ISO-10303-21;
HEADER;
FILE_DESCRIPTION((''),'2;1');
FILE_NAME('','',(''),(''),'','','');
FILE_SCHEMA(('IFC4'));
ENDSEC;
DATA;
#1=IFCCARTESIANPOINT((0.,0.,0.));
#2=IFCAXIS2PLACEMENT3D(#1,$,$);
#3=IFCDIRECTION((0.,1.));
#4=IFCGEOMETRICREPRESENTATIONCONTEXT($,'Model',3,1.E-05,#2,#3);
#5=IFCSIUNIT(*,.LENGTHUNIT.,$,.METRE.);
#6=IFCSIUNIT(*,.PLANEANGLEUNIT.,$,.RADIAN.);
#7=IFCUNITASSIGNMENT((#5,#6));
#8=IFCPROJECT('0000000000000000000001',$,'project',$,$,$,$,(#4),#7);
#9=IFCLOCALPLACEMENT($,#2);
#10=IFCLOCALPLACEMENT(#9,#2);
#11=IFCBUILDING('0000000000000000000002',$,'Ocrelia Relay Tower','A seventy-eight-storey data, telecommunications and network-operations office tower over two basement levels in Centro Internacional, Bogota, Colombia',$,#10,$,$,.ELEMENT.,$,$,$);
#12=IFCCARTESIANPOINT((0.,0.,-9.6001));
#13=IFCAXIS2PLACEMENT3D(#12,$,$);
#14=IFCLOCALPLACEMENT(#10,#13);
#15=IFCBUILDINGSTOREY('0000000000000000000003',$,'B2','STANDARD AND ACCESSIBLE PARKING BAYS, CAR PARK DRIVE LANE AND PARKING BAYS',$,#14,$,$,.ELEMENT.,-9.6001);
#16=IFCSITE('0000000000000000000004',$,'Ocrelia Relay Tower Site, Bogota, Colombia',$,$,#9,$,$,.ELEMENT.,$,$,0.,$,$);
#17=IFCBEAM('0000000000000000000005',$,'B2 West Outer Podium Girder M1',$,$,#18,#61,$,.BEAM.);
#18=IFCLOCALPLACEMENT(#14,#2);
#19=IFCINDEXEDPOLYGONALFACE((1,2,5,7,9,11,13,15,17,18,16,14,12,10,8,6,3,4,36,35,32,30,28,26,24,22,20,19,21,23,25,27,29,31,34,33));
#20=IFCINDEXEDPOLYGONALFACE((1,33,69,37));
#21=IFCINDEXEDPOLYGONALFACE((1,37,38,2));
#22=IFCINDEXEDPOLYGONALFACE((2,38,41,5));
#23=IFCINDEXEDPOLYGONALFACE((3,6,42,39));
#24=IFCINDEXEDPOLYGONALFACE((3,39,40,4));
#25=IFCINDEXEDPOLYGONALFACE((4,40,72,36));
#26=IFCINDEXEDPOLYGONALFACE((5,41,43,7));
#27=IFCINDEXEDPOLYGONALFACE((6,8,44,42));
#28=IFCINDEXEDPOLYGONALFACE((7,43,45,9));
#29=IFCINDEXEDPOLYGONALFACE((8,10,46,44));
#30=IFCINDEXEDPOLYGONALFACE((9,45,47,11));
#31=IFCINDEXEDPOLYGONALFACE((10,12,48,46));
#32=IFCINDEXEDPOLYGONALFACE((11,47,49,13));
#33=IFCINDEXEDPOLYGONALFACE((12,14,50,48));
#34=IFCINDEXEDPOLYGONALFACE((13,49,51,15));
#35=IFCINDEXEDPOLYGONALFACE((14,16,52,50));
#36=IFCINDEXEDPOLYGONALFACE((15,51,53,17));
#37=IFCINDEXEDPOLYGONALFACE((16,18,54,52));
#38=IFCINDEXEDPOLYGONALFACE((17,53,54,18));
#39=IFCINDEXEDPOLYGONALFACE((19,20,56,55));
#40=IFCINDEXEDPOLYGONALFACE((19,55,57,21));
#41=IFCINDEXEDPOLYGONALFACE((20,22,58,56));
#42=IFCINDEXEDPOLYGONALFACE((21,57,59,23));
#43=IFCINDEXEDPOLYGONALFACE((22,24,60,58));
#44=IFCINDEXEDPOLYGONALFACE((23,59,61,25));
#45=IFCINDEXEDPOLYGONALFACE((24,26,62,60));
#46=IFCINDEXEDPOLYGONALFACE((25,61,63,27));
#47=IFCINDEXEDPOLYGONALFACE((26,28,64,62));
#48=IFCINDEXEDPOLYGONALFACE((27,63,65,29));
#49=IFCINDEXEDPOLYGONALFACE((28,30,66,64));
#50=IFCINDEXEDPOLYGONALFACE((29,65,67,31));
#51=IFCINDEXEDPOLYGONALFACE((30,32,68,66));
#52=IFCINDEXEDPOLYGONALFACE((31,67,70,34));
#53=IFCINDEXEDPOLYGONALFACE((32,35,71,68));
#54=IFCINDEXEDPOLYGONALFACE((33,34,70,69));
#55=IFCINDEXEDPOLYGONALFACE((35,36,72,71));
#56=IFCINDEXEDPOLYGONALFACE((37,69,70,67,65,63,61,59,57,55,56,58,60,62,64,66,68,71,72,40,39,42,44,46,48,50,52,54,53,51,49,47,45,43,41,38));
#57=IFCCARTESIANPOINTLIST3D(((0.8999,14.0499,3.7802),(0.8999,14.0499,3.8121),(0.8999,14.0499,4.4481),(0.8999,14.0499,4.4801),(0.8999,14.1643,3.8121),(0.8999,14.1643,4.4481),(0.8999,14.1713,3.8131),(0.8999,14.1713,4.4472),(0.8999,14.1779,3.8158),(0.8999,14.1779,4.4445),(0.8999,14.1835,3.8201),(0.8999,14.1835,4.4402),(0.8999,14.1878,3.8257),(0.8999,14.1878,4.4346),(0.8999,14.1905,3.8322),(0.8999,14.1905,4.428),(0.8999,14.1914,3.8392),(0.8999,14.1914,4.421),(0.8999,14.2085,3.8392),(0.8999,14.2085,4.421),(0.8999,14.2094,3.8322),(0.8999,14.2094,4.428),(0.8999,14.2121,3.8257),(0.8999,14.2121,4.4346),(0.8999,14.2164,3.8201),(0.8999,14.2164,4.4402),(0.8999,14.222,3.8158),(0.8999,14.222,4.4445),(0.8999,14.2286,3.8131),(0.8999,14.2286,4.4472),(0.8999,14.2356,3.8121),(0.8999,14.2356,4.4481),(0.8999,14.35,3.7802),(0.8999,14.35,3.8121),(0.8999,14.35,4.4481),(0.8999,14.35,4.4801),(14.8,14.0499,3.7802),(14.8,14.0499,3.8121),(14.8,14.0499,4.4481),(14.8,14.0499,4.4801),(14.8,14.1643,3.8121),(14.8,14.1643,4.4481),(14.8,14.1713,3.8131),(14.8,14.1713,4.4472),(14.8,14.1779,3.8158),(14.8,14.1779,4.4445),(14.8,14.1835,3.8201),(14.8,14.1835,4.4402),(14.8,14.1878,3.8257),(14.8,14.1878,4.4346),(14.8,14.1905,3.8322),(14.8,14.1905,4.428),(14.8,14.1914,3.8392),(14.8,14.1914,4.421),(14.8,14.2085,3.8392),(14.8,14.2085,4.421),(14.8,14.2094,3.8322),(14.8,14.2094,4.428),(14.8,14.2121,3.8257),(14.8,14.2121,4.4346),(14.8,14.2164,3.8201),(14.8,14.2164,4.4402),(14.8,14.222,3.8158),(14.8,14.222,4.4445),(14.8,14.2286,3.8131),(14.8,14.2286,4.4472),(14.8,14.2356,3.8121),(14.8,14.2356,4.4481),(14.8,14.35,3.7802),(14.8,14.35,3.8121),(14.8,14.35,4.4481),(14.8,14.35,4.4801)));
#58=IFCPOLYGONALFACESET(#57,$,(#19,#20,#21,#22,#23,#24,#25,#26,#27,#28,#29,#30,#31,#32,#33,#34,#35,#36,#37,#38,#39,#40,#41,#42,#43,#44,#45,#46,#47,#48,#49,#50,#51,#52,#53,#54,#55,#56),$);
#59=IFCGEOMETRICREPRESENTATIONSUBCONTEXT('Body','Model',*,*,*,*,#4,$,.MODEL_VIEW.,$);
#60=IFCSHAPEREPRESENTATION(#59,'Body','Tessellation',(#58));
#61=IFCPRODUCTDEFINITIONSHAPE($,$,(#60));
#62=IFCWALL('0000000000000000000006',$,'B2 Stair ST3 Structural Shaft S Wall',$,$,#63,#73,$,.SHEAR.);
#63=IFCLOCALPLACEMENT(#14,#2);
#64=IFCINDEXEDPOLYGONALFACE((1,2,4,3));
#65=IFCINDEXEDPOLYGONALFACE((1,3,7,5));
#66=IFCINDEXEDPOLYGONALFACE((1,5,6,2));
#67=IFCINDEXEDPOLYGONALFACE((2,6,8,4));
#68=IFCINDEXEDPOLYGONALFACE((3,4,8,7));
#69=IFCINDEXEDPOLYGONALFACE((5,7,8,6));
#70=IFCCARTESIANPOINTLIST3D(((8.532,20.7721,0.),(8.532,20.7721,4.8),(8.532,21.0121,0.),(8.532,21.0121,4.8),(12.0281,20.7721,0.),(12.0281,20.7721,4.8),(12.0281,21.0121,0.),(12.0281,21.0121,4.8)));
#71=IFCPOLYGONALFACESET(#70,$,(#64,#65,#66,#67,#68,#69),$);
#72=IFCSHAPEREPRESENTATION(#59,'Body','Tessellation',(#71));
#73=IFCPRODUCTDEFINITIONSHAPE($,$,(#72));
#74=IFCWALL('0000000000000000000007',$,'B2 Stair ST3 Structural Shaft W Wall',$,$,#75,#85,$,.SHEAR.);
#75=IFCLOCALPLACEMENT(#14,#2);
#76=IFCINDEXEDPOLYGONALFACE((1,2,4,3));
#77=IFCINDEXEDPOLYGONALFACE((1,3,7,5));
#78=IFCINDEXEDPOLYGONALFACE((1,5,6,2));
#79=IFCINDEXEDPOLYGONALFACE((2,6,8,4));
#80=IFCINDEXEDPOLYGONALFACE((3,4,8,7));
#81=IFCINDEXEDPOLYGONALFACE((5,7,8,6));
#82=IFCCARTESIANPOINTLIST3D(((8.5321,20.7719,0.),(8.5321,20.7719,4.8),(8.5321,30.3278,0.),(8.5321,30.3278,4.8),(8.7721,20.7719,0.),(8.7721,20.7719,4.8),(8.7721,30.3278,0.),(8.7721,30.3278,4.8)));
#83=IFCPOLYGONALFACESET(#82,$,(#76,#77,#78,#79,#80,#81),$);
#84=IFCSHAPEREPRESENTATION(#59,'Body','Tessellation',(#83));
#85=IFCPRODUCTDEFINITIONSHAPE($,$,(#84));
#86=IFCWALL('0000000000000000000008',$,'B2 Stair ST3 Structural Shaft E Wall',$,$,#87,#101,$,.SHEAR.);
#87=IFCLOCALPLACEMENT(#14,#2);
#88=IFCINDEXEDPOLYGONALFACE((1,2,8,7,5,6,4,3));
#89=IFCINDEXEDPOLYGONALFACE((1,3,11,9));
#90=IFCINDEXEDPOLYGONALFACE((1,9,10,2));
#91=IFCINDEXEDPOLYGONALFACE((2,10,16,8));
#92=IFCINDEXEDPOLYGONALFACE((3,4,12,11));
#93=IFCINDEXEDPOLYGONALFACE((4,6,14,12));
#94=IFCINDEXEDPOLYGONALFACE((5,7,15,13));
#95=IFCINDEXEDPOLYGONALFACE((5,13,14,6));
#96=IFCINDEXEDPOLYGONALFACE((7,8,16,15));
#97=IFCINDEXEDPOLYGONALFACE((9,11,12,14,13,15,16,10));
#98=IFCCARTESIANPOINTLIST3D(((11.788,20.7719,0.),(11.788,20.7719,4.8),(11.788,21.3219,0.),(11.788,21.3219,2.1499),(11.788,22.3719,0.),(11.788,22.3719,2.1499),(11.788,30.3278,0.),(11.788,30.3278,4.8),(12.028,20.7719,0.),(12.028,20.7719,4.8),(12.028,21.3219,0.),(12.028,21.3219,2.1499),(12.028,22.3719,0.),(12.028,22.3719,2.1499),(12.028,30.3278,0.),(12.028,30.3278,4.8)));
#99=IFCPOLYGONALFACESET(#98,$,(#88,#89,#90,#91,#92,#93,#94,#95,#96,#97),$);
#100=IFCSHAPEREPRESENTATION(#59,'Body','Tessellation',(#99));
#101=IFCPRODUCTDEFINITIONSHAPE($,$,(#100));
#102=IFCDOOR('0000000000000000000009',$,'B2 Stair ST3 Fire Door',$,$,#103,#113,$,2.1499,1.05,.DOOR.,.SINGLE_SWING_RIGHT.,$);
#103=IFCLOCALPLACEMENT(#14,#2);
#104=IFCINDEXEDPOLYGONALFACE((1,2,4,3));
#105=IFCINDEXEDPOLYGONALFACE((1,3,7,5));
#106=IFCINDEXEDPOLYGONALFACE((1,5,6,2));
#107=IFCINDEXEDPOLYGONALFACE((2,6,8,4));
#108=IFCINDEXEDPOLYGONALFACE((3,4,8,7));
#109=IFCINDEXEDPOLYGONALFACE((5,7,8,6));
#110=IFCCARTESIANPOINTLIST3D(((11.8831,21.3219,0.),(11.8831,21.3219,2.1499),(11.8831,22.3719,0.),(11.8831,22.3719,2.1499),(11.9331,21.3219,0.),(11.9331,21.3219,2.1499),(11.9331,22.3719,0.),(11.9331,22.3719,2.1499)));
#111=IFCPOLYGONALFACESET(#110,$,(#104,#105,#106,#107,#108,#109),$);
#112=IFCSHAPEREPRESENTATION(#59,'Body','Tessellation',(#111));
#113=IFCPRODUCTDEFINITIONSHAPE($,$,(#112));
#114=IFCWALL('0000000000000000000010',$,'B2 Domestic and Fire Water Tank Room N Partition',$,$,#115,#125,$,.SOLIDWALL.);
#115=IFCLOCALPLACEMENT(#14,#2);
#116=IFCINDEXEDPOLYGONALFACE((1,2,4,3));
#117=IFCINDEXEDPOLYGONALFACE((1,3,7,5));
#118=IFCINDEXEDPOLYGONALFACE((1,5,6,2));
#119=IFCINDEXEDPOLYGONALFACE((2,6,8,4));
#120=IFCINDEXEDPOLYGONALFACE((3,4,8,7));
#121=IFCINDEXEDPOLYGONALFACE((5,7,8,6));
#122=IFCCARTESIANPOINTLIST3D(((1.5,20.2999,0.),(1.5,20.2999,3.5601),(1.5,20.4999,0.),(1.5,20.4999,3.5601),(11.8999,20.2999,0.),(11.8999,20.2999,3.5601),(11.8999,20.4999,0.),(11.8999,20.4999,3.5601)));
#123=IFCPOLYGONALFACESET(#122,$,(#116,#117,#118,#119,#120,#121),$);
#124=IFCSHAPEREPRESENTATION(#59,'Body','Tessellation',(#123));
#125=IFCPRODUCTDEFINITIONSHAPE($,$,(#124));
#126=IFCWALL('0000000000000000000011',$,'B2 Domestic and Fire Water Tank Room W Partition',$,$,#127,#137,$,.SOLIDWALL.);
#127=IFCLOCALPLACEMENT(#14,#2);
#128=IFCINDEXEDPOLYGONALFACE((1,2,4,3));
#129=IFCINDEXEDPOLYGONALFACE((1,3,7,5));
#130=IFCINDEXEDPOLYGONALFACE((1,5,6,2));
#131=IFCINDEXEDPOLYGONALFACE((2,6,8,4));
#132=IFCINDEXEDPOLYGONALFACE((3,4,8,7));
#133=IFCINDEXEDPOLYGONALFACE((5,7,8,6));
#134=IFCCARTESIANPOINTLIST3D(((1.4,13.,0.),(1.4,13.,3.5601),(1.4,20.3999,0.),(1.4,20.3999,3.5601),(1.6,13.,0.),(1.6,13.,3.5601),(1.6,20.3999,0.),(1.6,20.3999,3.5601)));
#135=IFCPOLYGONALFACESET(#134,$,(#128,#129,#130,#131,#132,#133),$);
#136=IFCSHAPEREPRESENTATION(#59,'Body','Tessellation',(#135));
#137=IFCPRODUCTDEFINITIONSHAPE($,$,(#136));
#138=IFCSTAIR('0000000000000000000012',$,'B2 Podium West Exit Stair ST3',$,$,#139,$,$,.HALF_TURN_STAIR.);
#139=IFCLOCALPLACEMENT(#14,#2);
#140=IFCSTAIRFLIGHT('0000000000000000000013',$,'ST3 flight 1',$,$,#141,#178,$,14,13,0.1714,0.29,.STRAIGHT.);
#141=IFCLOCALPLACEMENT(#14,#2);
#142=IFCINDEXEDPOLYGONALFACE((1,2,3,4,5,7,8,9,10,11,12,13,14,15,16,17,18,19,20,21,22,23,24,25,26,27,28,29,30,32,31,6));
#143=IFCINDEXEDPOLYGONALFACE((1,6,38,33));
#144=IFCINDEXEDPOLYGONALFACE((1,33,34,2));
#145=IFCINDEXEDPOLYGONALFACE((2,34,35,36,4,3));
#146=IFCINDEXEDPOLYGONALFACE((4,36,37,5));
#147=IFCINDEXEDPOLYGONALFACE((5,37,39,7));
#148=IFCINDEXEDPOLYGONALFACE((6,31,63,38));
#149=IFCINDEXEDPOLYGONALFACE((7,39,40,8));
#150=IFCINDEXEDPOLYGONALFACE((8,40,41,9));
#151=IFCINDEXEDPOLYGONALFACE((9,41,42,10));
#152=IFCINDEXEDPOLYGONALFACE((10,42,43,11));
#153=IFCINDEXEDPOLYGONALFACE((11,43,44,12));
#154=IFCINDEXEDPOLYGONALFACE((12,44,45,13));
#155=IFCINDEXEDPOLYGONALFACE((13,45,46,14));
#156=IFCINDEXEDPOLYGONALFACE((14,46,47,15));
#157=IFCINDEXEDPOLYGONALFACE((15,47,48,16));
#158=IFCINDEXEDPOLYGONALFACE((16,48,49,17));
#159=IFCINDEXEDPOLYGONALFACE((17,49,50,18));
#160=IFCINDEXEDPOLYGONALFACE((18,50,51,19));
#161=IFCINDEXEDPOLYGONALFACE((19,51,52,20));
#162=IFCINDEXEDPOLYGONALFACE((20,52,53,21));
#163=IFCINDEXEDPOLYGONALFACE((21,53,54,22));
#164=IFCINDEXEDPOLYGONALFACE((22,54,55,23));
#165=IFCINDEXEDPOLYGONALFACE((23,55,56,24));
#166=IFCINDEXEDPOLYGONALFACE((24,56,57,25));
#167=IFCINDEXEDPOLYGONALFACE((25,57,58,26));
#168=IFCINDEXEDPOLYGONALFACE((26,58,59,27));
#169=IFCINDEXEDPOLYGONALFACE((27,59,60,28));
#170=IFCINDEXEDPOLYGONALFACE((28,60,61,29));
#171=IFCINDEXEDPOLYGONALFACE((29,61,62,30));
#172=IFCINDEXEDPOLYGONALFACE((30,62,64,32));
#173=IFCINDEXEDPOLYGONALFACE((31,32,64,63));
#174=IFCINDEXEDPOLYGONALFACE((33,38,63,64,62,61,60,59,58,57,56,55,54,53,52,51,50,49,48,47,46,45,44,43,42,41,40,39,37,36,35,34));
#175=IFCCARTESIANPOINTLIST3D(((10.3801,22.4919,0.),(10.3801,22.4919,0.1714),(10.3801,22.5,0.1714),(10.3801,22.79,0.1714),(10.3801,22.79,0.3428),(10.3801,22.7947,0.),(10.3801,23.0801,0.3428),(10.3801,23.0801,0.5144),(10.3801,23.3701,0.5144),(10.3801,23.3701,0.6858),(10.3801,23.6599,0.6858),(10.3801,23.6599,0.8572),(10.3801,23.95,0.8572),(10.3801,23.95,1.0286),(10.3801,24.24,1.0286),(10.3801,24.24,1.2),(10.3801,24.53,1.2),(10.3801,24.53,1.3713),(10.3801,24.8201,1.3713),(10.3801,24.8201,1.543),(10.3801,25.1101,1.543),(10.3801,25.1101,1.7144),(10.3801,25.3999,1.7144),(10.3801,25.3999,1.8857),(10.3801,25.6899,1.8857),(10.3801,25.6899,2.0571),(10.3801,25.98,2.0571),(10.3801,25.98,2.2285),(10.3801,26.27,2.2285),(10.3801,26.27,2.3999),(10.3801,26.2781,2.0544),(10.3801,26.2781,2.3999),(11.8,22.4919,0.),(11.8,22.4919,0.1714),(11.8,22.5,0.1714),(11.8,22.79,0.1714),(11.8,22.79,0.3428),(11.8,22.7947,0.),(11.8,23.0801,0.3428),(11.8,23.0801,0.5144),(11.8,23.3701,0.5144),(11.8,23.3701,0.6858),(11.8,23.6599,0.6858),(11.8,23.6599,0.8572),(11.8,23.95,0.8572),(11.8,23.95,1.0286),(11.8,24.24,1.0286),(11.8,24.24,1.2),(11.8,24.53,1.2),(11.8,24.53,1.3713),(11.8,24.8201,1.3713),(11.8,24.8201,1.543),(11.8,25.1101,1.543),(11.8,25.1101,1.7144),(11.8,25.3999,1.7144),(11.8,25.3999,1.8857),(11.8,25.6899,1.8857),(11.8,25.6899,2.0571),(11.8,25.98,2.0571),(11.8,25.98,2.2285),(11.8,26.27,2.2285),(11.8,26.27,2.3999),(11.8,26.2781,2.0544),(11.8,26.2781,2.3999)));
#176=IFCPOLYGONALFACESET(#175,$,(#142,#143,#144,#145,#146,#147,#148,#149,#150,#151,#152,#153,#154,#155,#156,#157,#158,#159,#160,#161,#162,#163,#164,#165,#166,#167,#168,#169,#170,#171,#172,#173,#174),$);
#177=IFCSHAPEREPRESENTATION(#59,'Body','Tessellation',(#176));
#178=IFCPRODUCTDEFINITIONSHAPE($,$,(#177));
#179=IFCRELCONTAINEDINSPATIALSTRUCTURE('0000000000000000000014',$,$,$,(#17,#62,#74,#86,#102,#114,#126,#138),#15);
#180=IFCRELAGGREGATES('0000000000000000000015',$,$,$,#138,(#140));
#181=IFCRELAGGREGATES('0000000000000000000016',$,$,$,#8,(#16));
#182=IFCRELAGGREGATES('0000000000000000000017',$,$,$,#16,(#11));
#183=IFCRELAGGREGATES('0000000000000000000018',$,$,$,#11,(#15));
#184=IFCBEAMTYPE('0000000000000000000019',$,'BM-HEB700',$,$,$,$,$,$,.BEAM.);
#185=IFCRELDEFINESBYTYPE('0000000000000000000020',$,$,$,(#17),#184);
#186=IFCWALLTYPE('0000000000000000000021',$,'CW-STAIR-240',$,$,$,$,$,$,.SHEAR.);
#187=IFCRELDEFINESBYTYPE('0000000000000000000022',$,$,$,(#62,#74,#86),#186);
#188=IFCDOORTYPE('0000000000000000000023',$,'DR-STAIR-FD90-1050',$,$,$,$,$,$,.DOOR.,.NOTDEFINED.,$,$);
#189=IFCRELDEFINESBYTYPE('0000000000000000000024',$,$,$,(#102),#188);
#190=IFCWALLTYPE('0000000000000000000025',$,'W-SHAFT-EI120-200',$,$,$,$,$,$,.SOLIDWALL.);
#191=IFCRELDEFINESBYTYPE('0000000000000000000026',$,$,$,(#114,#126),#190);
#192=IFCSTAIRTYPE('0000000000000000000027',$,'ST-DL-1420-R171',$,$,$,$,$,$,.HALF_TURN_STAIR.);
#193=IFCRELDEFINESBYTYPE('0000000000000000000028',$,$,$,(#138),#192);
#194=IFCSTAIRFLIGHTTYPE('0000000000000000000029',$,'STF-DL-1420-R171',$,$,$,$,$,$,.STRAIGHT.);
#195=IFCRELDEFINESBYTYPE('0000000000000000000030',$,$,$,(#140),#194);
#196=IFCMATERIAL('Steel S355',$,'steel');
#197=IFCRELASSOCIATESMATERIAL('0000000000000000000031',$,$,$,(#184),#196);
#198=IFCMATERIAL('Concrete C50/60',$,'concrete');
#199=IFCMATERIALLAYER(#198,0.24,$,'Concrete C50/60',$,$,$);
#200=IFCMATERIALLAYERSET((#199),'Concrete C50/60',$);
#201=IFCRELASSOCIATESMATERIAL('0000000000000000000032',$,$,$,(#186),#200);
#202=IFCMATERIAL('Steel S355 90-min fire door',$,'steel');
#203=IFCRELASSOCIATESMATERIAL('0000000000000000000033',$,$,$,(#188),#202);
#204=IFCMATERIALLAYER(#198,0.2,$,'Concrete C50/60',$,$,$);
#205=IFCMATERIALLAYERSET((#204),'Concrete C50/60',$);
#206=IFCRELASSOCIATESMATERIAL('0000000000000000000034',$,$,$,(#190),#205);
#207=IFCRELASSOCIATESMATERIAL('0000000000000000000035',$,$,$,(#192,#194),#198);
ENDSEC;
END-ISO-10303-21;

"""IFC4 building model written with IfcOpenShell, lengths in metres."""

from ifc_helpers import new_model, si_unit, direction, frame, frame_2d, origin, origin_2d, place, context, subcontext, project, spatial, polyline, rectangle, i_section, outline, extrude, material, layer, layer_set, material_profile, profile_set, type_object, element, fill, aggregate, save


model = new_model("IFC4")

# Units and contexts
model_context = context("Model", 3, precision=1e-05, world=origin(), true_north=direction((0.0, 1.0)))
body_context = subcontext(model_context, "Body", "Model", "MODEL_VIEW")
ifc_project = project(units=[si_unit("LENGTHUNIT", "METRE"), si_unit("PLANEANGLEUNIT", "RADIAN")], contexts=[model_context])

# Site, building, storey
site_placement = place(None, origin())
site = spatial("IfcSite", under=ifc_project, at=site_placement, Name="Ocrelia Relay Tower Site, Bogota, Colombia", CompositionType="ELEMENT", RefElevation=0.0)
building_placement = place(site_placement, origin())
building = spatial("IfcBuilding", under=site, at=building_placement, Name="Ocrelia Relay Tower", Description="A seventy-eight-storey data, telecommunications and network-operations office tower over two basement levels in Centro Internacional, Bogota, Colombia", CompositionType="ELEMENT")
storey_placement = place(building_placement, frame((0.0, 0.0, -9.6001)))
storey = spatial("IfcBuildingStorey", under=building, at=storey_placement, Name="B2", Description="STANDARD AND ACCESSIBLE PARKING BAYS, CAR PARK DRIVE LANE AND PARKING BAYS", CompositionType="ELEMENT", Elevation=-9.6001)

# Shared definitions
ifc_material_1 = material(Name="Concrete C50/60", Category="concrete")

# Beam
ifc_material_2 = material(Name="Steel S355", Category="steel")
ifc_material_profile_1 = material_profile(ifc_material_2, i_section(OverallWidth=0.3, OverallDepth=0.7, WebThickness=0.0171, FlangeThickness=0.032, FilletRadius=0.0271, at=origin_2d()), Name="HEB 700")
ifc_profile_set_1 = profile_set([ifc_material_profile_1], Name="Steel S355")
beam_type_1 = type_object("IfcBeamType", Name="BM-HEB700", PredefinedType="BEAM", material=ifc_profile_set_1)
beam_1_placement = place(storey_placement, frame((0.8999, 14.2, 4.1301), z_axis=(1.0, 0.0, 0.0), x_axis=(0.0, 1.0, 0.0)))
element("IfcBeam", 1, at=beam_1_placement, inside=storey, type_object=beam_type_1, Name="B2 West Outer Podium Girder M1", PredefinedType="BEAM", context=body_context, shape_type="SweptSolid", body=[
    extrude(i_section(OverallWidth=0.3, OverallDepth=0.7, WebThickness=0.0171, FlangeThickness=0.032, FilletRadius=0.0271, at=origin_2d()), origin(), (0.0, 0.0, 1.0), 13.9001),
])

# Walls
ifc_layer_1 = layer(ifc_material_1, 0.24, Name="Concrete C50/60")
ifc_layer_set_1 = layer_set([ifc_layer_1], Name="Concrete C50/60")
wall_type_1 = type_object("IfcWallType", Name="CW-STAIR-240", PredefinedType="SHEAR", material=ifc_layer_set_1)
wall_1_placement = place(storey_placement, frame((8.532, 20.8921, 0.0), z_axis=(0.0, 0.0, 1.0), x_axis=(1.0, 0.0, 0.0)))
element("IfcWall", 2, at=wall_1_placement, inside=storey, type_object=wall_type_1, Name="B2 Stair ST3 Structural Shaft S Wall", PredefinedType="SHEAR", context=body_context, shape_type="SweptSolid", body=[
    extrude(rectangle(XDim=3.4961, YDim=0.24, at=frame_2d((1.748, 0.0))), origin(), (0.0, 0.0, 1.0), 4.8),
])
wall_2_placement = place(storey_placement, frame((8.6521, 20.772, 0.0), z_axis=(0.0, 0.0, 1.0), x_axis=(0.0, 1.0, 0.0)))
element("IfcWall", 3, at=wall_2_placement, inside=storey, type_object=wall_type_1, Name="B2 Stair ST3 Structural Shaft W Wall", PredefinedType="SHEAR", context=body_context, shape_type="SweptSolid", body=[
    extrude(rectangle(XDim=9.5559, YDim=0.24, at=frame_2d((4.7778, 0.0))), origin(), (0.0, 0.0, 1.0), 4.8),
])

# Wall, opening, door
wall_3_placement = place(storey_placement, frame((11.908, 20.772, 0.0), z_axis=(0.0, 0.0, 1.0), x_axis=(0.0, 1.0, 0.0)))
wall_3 = element("IfcWall", 4, at=wall_3_placement, inside=storey, type_object=wall_type_1, Name="B2 Stair ST3 Structural Shaft E Wall", PredefinedType="SHEAR", context=body_context, shape_type="SweptSolid", body=[
    extrude(rectangle(XDim=9.5559, YDim=0.24, at=frame_2d((4.7778, 0.0))), origin(), (0.0, 0.0, 1.0), 4.8),
])
opening_placement = place(wall_3_placement, frame((0.55, 0.0, 0.0)))
opening = element("IfcOpeningElement", 5, at=opening_placement, cuts=wall_3, PredefinedType="OPENING", context=body_context, shape_type="SweptSolid", body=[
    extrude(rectangle(XDim=1.05, YDim=2.1499, at=frame_2d((0.5249, 1.075))), frame((0.0, 0.1299, 0.0), z_axis=(0.0, -1.0, 0.0), x_axis=(1.0, 0.0, 0.0)), (0.0, 0.0, 1.0), 0.26),
])
ifc_material_3 = material(Name="Steel S355 90-min fire door", Category="steel")
door_type = type_object("IfcDoorType", Name="DR-STAIR-FD90-1050", OperationType="NOTDEFINED", PredefinedType="DOOR", material=ifc_material_3)
door_placement = place(opening_placement, origin())
door = element("IfcDoor", 6, at=door_placement, inside=storey, type_object=door_type, Name="B2 Stair ST3 Fire Door", OperationType="SINGLE_SWING_RIGHT", OverallHeight=2.1499, OverallWidth=1.05, PredefinedType="DOOR", context=body_context, shape_type="SweptSolid", body=[
    extrude(rectangle(XDim=1.05, YDim=2.1499, at=frame_2d((0.5249, 1.075))), frame((0.0, 0.0249, 0.0), z_axis=(0.0, -1.0, 0.0), x_axis=(1.0, 0.0, 0.0)), (0.0, 0.0, 1.0), 0.05),
])
fill(opening, door)

# Walls
ifc_layer_2 = layer(ifc_material_1, 0.2, Name="Concrete C50/60")
ifc_layer_set_2 = layer_set([ifc_layer_2], Name="Concrete C50/60")
wall_type_2 = type_object("IfcWallType", Name="W-SHAFT-EI120-200", PredefinedType="SOLIDWALL", material=ifc_layer_set_2)
wall_4_placement = place(storey_placement, frame((11.8999, 20.3999, 0.0), z_axis=(0.0, 0.0, 1.0), x_axis=(-1.0, 0.0, 0.0)))
element("IfcWall", 7, at=wall_4_placement, inside=storey, type_object=wall_type_2, Name="B2 Domestic and Fire Water Tank Room N Partition", PredefinedType="SOLIDWALL", context=body_context, shape_type="SweptSolid", body=[
    extrude(rectangle(XDim=10.3999, YDim=0.2, at=frame_2d((5.2, 0.0))), origin(), (0.0, 0.0, 1.0), 3.5601),
])
wall_5_placement = place(storey_placement, frame((1.5, 20.3999, 0.0), z_axis=(0.0, 0.0, 1.0), x_axis=(0.0, -1.0, 0.0)))
element("IfcWall", 8, at=wall_5_placement, inside=storey, type_object=wall_type_2, Name="B2 Domestic and Fire Water Tank Room W Partition", PredefinedType="SOLIDWALL", context=body_context, shape_type="SweptSolid", body=[
    extrude(rectangle(XDim=7.3999, YDim=0.2, at=frame_2d((3.7, 0.0))), origin(), (0.0, 0.0, 1.0), 3.5601),
])

# Stair, stair flight
stair_type = type_object("IfcStairType", Name="ST-DL-1420-R171", PredefinedType="HALF_TURN_STAIR", material=ifc_material_1)
stair_placement = place(storey_placement, origin())
stair = element("IfcStair", 9, at=stair_placement, inside=storey, type_object=stair_type, Name="B2 Podium West Exit Stair ST3", PredefinedType="HALF_TURN_STAIR")
stair_flight_type = type_object("IfcStairFlightType", Name="STF-DL-1420-R171", PredefinedType="STRAIGHT", material=ifc_material_1)
stair_flight_placement = place(storey_placement, frame((11.0901, 22.5, 0.0), z_axis=(0.0, 0.0, 1.0), x_axis=(0.0, 1.0, 0.0)))
stair_flight = element("IfcStairFlight", 10, at=stair_flight_placement, type_object=stair_flight_type, Name="ST3 flight 1", NumberOfRisers=14, NumberOfTreads=13, PredefinedType="STRAIGHT", RiserHeight=0.1714, TreadLength=0.29, context=body_context, shape_type="SweptSolid", body=[
    extrude(outline(polyline([(-0.0081, 0.0), (-0.0081, 0.1714), (0.0, 0.1714), (0.29, 0.1714), (0.29, 0.3428), (0.5801, 0.3428), (0.5801, 0.5144), (0.8701, 0.5144), (0.8701, 0.6858), (1.1599, 0.6858), (1.1599, 0.8572), (1.45, 0.8572), (1.45, 1.0286), (1.74, 1.0286), (1.74, 1.2), (2.03, 1.2), (2.03, 1.3713), (2.3201, 1.3713), (2.3201, 1.543), (2.6101, 1.543), (2.6101, 1.7144), (2.8999, 1.7144), (2.8999, 1.8857), (3.1899, 1.8857), (3.1899, 2.0571), (3.48, 2.0571), (3.48, 2.2285), (3.77, 2.2285), (3.77, 2.3999), (3.7781, 2.3999), (3.7781, 2.0544), (0.2947, 0.0), (-0.0081, 0.0)])), frame((0.0, 0.71, 0.0), z_axis=(0.0, -1.0, 0.0), x_axis=(1.0, 0.0, 0.0)), (0.0, 0.0, 1.0), 1.4199),
])
aggregate(stair, [stair_flight])

save(model, "model.ifc")
